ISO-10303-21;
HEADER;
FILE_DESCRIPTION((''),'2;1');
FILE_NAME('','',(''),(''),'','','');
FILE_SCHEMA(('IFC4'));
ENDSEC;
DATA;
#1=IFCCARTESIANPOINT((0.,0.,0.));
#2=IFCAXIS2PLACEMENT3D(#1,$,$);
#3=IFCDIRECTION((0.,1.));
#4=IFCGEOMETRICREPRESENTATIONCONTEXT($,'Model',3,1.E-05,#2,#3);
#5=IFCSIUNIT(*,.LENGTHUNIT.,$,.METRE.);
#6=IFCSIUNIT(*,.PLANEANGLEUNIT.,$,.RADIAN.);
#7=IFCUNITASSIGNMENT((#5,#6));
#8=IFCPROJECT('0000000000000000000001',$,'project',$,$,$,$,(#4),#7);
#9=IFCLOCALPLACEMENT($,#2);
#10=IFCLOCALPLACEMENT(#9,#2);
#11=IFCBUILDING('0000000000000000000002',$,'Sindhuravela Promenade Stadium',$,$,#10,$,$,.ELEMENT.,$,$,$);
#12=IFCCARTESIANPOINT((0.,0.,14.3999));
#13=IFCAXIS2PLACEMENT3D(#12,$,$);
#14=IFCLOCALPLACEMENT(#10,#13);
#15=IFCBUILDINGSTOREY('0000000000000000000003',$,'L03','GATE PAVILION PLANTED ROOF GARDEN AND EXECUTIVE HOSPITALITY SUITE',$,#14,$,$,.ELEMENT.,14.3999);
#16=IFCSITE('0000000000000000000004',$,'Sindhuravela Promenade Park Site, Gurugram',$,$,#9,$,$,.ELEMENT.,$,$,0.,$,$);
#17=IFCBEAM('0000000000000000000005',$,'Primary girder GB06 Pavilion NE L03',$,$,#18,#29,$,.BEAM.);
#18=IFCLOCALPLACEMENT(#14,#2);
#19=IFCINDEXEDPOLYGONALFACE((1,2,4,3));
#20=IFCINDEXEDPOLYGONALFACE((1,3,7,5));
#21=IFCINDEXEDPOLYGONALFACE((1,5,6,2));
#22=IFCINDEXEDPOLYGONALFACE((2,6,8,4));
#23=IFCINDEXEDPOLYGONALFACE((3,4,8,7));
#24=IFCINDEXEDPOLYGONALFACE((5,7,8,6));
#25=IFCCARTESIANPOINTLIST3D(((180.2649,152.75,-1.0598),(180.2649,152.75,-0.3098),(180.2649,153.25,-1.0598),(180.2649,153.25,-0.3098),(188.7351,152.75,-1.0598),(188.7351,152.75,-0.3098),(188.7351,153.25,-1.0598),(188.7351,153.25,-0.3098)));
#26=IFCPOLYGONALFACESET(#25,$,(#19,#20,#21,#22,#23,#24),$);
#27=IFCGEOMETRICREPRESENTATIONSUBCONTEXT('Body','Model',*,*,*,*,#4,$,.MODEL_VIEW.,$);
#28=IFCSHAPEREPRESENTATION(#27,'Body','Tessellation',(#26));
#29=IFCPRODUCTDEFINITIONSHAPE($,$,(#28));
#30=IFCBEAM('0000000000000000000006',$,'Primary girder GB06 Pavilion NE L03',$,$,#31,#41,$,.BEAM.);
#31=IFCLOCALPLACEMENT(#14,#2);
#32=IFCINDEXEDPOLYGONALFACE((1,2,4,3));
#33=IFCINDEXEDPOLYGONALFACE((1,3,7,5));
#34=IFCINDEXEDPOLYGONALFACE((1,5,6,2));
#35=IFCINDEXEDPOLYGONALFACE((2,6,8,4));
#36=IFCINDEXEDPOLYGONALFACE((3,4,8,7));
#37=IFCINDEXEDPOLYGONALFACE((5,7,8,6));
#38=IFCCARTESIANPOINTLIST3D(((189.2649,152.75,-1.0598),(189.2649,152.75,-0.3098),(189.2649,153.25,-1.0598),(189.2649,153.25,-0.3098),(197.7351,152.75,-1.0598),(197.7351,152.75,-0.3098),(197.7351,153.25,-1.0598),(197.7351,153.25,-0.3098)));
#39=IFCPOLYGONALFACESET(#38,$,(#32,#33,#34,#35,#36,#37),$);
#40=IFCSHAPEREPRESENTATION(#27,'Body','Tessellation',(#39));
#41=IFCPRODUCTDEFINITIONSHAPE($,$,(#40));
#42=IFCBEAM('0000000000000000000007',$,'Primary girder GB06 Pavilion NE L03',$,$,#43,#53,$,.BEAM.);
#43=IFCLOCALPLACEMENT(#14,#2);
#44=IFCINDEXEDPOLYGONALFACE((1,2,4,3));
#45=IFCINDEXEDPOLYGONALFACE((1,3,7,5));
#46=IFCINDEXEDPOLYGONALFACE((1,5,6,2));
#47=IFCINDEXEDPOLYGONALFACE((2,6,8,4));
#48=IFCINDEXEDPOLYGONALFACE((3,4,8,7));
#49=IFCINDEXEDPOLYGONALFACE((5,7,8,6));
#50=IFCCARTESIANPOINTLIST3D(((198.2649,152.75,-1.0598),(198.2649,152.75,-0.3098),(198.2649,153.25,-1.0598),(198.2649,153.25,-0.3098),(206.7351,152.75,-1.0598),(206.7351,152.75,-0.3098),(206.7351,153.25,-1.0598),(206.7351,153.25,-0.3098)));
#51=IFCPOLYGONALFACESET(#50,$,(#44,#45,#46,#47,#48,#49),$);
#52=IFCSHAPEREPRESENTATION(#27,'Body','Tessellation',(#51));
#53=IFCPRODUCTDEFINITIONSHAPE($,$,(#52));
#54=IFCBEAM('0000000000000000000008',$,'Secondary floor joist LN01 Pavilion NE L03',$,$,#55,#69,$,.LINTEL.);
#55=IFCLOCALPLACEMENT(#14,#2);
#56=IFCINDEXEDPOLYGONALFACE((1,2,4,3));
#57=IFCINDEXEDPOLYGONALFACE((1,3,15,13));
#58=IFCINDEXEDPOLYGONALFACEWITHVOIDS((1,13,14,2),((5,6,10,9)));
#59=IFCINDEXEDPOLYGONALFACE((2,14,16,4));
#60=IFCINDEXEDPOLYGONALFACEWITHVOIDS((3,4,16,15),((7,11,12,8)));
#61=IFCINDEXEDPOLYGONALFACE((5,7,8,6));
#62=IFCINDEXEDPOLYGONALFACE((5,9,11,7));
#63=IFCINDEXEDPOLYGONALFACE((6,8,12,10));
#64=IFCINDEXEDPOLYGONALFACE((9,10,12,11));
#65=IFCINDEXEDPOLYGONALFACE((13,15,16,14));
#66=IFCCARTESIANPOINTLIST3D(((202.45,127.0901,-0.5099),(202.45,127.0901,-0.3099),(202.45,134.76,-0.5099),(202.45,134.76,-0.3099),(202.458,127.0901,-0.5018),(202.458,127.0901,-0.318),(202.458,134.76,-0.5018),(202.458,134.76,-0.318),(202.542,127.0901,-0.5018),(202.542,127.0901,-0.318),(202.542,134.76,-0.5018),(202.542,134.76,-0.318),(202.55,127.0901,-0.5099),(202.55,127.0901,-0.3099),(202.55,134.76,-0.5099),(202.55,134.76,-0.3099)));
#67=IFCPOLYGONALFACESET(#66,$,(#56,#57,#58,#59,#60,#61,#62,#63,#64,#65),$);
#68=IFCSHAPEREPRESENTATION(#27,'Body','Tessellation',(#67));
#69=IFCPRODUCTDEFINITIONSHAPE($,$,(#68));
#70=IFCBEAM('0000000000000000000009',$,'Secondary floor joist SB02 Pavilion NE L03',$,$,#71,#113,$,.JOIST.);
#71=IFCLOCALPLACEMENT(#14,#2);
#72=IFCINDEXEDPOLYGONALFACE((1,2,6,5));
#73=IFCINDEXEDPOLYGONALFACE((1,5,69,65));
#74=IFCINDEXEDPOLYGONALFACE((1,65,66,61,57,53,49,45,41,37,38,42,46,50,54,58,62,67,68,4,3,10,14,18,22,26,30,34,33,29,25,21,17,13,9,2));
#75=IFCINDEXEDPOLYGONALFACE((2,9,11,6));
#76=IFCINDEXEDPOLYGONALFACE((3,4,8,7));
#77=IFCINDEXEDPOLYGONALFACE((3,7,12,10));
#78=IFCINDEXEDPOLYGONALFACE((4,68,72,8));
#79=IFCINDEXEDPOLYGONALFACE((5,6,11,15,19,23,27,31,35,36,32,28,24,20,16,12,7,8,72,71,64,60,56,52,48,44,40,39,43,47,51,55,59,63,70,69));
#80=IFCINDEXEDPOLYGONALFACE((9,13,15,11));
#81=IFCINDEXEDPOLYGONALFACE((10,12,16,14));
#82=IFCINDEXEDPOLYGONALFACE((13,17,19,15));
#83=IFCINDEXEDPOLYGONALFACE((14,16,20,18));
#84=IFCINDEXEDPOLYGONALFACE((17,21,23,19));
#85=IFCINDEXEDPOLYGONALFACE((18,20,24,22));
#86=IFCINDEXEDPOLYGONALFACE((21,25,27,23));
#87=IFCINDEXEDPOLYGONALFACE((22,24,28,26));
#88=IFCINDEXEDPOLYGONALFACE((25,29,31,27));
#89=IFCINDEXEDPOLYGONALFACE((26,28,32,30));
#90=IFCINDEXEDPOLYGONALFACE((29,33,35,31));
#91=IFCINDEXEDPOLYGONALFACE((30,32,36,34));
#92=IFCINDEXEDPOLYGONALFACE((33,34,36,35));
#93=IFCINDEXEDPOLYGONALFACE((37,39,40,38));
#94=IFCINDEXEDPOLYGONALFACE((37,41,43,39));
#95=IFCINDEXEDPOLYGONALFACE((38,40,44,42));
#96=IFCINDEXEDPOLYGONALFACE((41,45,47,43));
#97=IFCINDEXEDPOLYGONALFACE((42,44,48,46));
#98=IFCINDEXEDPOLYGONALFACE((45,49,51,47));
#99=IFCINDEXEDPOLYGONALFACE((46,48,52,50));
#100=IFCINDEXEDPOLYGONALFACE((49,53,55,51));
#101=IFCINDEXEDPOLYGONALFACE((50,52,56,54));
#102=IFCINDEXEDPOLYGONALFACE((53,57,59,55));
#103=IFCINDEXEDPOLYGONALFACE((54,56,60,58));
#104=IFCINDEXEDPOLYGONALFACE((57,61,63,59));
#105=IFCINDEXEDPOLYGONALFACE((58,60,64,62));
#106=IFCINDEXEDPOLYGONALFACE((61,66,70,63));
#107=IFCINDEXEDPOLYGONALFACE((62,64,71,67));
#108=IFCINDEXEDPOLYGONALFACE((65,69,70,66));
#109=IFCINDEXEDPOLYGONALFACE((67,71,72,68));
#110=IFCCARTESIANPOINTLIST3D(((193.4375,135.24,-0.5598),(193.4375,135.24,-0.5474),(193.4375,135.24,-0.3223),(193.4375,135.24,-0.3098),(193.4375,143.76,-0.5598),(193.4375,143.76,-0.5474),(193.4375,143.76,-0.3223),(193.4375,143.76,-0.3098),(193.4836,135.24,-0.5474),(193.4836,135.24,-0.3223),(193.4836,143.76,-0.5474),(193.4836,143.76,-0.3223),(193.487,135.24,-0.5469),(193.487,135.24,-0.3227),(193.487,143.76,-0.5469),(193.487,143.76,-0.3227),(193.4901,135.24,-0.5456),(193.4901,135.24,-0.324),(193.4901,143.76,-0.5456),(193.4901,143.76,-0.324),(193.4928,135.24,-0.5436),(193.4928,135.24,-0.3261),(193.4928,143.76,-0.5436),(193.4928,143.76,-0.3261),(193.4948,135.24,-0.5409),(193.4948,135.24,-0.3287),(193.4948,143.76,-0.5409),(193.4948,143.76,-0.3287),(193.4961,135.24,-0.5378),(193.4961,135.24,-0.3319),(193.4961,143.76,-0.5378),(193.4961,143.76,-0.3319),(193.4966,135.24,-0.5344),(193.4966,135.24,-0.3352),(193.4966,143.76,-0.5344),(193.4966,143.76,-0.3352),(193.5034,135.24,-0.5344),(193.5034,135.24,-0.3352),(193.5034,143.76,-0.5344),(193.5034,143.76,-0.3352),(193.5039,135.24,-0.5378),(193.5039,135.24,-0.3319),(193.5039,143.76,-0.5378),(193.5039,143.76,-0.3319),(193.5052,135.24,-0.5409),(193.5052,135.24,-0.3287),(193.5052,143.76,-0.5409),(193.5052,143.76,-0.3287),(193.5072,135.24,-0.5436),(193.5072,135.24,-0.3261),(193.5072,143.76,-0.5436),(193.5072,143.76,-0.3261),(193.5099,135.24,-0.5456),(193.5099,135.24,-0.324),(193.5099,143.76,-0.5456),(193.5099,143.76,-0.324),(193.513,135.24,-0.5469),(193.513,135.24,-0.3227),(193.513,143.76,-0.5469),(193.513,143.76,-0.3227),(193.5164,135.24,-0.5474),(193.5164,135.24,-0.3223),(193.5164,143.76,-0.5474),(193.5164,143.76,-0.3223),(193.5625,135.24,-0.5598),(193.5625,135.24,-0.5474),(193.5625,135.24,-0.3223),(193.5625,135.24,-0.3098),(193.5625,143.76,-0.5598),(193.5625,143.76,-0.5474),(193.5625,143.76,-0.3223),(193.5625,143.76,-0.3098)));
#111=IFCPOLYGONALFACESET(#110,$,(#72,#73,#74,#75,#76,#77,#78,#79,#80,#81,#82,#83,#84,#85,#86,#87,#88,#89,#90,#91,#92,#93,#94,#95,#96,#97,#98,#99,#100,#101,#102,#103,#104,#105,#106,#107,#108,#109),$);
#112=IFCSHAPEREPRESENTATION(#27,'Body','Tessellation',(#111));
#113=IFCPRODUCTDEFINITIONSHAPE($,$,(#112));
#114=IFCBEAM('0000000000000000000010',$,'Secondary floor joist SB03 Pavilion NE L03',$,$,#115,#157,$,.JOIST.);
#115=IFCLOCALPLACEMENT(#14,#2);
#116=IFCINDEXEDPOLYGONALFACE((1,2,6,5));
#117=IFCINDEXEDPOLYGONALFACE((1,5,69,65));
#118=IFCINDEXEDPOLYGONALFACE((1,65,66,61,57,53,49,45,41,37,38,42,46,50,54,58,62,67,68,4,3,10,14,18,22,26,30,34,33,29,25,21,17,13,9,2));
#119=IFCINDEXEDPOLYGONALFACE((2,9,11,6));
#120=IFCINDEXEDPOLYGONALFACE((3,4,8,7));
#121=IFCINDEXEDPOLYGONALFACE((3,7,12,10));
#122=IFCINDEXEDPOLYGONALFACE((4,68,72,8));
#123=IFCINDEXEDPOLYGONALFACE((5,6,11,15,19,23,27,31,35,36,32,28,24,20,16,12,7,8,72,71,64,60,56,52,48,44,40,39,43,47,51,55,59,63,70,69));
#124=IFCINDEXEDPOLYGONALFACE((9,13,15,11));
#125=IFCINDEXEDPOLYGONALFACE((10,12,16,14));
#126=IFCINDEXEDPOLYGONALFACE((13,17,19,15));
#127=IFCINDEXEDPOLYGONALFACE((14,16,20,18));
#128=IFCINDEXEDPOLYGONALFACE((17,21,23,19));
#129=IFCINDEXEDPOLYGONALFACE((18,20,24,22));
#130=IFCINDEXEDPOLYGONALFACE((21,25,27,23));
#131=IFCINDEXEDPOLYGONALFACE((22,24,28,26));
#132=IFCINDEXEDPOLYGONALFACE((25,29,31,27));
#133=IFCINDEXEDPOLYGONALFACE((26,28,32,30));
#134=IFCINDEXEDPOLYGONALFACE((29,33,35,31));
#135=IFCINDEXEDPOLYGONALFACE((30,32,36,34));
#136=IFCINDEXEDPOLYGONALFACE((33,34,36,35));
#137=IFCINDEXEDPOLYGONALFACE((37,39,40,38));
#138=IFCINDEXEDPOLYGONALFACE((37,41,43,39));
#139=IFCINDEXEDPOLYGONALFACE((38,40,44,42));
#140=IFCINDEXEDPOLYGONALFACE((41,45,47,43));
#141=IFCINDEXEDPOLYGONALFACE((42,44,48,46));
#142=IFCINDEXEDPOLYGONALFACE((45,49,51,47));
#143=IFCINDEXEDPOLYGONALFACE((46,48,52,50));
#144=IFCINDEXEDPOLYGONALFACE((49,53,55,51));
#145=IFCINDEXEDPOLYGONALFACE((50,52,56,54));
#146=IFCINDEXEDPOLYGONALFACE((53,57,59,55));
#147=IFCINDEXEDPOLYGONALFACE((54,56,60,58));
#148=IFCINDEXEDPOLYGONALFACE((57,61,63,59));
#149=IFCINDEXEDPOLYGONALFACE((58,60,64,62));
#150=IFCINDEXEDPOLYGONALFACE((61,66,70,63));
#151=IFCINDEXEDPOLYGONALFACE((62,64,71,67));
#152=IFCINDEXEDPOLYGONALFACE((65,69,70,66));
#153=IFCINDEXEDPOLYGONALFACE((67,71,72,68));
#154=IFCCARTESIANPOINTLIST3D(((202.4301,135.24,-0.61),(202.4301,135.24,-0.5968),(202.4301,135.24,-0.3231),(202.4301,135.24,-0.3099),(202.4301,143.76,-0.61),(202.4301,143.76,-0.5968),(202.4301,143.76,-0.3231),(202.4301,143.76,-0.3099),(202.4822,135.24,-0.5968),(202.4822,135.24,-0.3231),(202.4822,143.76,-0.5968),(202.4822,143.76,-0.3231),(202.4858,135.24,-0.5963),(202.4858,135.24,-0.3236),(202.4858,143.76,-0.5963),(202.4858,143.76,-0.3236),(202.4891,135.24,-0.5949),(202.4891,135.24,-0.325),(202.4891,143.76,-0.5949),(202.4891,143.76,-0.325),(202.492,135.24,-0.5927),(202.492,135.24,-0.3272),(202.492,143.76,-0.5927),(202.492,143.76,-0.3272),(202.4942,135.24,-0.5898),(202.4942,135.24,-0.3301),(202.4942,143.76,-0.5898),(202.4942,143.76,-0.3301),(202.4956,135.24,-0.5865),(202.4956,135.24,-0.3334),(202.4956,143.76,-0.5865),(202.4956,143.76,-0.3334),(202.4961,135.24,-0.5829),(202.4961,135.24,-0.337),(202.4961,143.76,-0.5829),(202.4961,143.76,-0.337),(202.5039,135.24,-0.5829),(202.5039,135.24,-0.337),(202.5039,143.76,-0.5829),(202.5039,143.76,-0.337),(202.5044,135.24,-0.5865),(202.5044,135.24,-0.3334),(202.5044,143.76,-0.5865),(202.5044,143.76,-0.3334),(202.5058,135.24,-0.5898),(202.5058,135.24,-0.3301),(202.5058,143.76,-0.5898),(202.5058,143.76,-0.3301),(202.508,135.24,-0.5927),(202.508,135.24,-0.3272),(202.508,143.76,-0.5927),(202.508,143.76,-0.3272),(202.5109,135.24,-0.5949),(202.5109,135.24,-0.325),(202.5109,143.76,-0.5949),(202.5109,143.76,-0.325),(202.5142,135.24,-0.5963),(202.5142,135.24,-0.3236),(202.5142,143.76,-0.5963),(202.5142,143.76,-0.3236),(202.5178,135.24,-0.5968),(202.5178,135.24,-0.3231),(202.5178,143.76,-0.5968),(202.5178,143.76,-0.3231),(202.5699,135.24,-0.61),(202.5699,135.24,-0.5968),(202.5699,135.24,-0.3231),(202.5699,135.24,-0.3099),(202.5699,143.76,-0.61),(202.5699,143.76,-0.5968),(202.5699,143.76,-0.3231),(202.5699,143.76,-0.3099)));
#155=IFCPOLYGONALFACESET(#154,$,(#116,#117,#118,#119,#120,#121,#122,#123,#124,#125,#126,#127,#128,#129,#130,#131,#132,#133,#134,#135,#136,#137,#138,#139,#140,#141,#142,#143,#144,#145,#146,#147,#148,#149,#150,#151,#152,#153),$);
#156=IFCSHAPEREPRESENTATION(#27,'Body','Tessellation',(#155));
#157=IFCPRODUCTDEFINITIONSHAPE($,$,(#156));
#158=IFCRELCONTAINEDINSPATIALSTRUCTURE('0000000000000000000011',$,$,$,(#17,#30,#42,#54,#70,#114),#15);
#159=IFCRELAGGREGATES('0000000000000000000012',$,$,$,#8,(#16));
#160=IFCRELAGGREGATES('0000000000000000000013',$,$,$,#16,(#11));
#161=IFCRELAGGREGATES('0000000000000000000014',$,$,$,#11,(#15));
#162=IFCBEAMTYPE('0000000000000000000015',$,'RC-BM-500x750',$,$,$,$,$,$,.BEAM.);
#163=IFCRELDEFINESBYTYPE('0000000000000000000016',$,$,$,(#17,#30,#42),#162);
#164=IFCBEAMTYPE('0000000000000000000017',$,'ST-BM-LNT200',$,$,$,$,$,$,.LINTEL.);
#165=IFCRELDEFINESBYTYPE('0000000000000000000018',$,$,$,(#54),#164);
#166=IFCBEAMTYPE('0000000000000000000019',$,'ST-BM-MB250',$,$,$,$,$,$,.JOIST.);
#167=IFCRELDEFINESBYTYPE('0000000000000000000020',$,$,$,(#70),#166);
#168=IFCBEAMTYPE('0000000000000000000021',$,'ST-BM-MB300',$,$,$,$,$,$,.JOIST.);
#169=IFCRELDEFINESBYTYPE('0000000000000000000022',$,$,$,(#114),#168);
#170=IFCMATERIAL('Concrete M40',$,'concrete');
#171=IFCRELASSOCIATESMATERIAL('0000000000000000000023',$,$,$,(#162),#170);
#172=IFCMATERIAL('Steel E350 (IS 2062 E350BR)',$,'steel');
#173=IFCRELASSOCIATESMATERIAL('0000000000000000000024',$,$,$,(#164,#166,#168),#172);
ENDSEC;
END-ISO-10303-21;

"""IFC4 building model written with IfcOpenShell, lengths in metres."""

from ifc_helpers import new_model, si_unit, direction, frame, origin, origin_2d, place, context, subcontext, project, spatial, rectangle, hollow_rectangle, i_section, extrude, material, material_profile, profile_set, type_object, element, save


model = new_model("IFC4")

# Units and contexts
model_context = context("Model", 3, precision=1e-05, world=origin(), true_north=direction((0.0, 1.0)))
body_context = subcontext(model_context, "Body", "Model", "MODEL_VIEW")
ifc_project = project(units=[si_unit("LENGTHUNIT", "METRE"), si_unit("PLANEANGLEUNIT", "RADIAN")], contexts=[model_context])

# Site, building, storey
site_placement = place(None, origin())
site = spatial("IfcSite", under=ifc_project, at=site_placement, Name="Sindhuravela Promenade Park Site, Gurugram", CompositionType="ELEMENT", RefElevation=0.0)
building_placement = place(site_placement, origin())
building = spatial("IfcBuilding", under=site, at=building_placement, Name="Sindhuravela Promenade Stadium", CompositionType="ELEMENT")
storey_placement = place(building_placement, frame((0.0, 0.0, 14.3999)))
storey = spatial("IfcBuildingStorey", under=building, at=storey_placement, Name="L03", Description="GATE PAVILION PLANTED ROOF GARDEN AND EXECUTIVE HOSPITALITY SUITE", CompositionType="ELEMENT", Elevation=14.3999)

# Beams
ifc_material_1 = material(Name="Concrete M40", Category="concrete")
ifc_material_profile_1 = material_profile(ifc_material_1, rectangle(XDim=0.5, YDim=0.75, at=origin_2d()), Name="RC 500x750")
ifc_profile_set_1 = profile_set([ifc_material_profile_1], Name="Concrete M40")
beam_type_1 = type_object("IfcBeamType", Name="RC-BM-500x750", PredefinedType="BEAM", material=ifc_profile_set_1)
for number, where, z_axis, x_axis, name in (
    (1, (180.2649, 153.0, -0.6848), (1.0, 0.0, 0.0), (0.0, 1.0, 0.0), "Primary girder GB06 Pavilion NE L03"),
    (2, (189.2649, 153.0, -0.6848), (1.0, 0.0, 0.0), (0.0, 1.0, 0.0), "Primary girder GB06 Pavilion NE L03"),
    (3, (198.2649, 153.0, -0.6848), (1.0, 0.0, 0.0), (0.0, 1.0, 0.0), "Primary girder GB06 Pavilion NE L03"),
):
    element("IfcBeam", number, at=place(storey_placement, frame(where, z_axis=z_axis, x_axis=x_axis)), inside=storey, type_object=beam_type_1, Name=name, PredefinedType="BEAM", context=body_context, shape_type="SweptSolid", body=[
        extrude(rectangle(XDim=0.5, YDim=0.75, at=origin_2d()), origin(), (0.0, 0.0, 1.0), 8.4702),
    ])
ifc_material_2 = material(Name="Steel E350 (IS 2062 E350BR)", Category="steel")
ifc_material_profile_2 = material_profile(ifc_material_2, hollow_rectangle(XDim=0.1001, YDim=0.2, WallThickness=0.0081, at=origin_2d()), Name="RHS 200x100x8")
ifc_profile_set_2 = profile_set([ifc_material_profile_2], Name="Steel E350 (IS 2062 E350BR)")
beam_type_2 = type_object("IfcBeamType", Name="ST-BM-LNT200", PredefinedType="LINTEL", material=ifc_profile_set_2)
beam_1_placement = place(storey_placement, frame((202.5, 127.0901, -0.4099), z_axis=(0.0, 1.0, 0.0), x_axis=(-1.0, 0.0, 0.0)))
element("IfcBeam", 4, at=beam_1_placement, inside=storey, type_object=beam_type_2, Name="Secondary floor joist LN01 Pavilion NE L03", PredefinedType="LINTEL", context=body_context, shape_type="SweptSolid", body=[
    extrude(hollow_rectangle(XDim=0.1001, YDim=0.2, WallThickness=0.0081, at=origin_2d()), origin(), (0.0, 0.0, 1.0), 7.6699),
])
ifc_material_profile_3 = material_profile(ifc_material_2, i_section(OverallWidth=0.125, OverallDepth=0.25, WebThickness=0.0068, FlangeThickness=0.0125, FilletRadius=0.0129, at=origin_2d()), Name="ISMB 250")
ifc_profile_set_3 = profile_set([ifc_material_profile_3], Name="Steel E350 (IS 2062 E350BR)")
beam_type_3 = type_object("IfcBeamType", Name="ST-BM-MB250", PredefinedType="JOIST", material=ifc_profile_set_3)
beam_2_placement = place(storey_placement, frame((193.5, 135.24, -0.4348), z_axis=(0.0, 1.0, 0.0), x_axis=(-1.0, 0.0, 0.0)))
element("IfcBeam", 5, at=beam_2_placement, inside=storey, type_object=beam_type_3, Name="Secondary floor joist SB02 Pavilion NE L03", PredefinedType="JOIST", context=body_context, shape_type="SweptSolid", body=[
    extrude(i_section(OverallWidth=0.125, OverallDepth=0.25, WebThickness=0.0068, FlangeThickness=0.0125, FilletRadius=0.0129, at=origin_2d()), origin(), (0.0, 0.0, 1.0), 8.52),
])
ifc_material_profile_4 = material_profile(ifc_material_2, i_section(OverallWidth=0.1399, OverallDepth=0.3, WebThickness=0.0078, FlangeThickness=0.0132, FilletRadius=0.0139, at=origin_2d()), Name="ISMB 300")
ifc_profile_set_4 = profile_set([ifc_material_profile_4], Name="Steel E350 (IS 2062 E350BR)")
beam_type_4 = type_object("IfcBeamType", Name="ST-BM-MB300", PredefinedType="JOIST", material=ifc_profile_set_4)
beam_3_placement = place(storey_placement, frame((202.5, 135.24, -0.46), z_axis=(0.0, 1.0, 0.0), x_axis=(-1.0, 0.0, 0.0)))
element("IfcBeam", 6, at=beam_3_placement, inside=storey, type_object=beam_type_4, Name="Secondary floor joist SB03 Pavilion NE L03", PredefinedType="JOIST", context=body_context, shape_type="SweptSolid", body=[
    extrude(i_section(OverallWidth=0.1399, OverallDepth=0.3, WebThickness=0.0078, FlangeThickness=0.0132, FilletRadius=0.0139, at=origin_2d()), origin(), (0.0, 0.0, 1.0), 8.52),
])

save(model, "model.ifc")
